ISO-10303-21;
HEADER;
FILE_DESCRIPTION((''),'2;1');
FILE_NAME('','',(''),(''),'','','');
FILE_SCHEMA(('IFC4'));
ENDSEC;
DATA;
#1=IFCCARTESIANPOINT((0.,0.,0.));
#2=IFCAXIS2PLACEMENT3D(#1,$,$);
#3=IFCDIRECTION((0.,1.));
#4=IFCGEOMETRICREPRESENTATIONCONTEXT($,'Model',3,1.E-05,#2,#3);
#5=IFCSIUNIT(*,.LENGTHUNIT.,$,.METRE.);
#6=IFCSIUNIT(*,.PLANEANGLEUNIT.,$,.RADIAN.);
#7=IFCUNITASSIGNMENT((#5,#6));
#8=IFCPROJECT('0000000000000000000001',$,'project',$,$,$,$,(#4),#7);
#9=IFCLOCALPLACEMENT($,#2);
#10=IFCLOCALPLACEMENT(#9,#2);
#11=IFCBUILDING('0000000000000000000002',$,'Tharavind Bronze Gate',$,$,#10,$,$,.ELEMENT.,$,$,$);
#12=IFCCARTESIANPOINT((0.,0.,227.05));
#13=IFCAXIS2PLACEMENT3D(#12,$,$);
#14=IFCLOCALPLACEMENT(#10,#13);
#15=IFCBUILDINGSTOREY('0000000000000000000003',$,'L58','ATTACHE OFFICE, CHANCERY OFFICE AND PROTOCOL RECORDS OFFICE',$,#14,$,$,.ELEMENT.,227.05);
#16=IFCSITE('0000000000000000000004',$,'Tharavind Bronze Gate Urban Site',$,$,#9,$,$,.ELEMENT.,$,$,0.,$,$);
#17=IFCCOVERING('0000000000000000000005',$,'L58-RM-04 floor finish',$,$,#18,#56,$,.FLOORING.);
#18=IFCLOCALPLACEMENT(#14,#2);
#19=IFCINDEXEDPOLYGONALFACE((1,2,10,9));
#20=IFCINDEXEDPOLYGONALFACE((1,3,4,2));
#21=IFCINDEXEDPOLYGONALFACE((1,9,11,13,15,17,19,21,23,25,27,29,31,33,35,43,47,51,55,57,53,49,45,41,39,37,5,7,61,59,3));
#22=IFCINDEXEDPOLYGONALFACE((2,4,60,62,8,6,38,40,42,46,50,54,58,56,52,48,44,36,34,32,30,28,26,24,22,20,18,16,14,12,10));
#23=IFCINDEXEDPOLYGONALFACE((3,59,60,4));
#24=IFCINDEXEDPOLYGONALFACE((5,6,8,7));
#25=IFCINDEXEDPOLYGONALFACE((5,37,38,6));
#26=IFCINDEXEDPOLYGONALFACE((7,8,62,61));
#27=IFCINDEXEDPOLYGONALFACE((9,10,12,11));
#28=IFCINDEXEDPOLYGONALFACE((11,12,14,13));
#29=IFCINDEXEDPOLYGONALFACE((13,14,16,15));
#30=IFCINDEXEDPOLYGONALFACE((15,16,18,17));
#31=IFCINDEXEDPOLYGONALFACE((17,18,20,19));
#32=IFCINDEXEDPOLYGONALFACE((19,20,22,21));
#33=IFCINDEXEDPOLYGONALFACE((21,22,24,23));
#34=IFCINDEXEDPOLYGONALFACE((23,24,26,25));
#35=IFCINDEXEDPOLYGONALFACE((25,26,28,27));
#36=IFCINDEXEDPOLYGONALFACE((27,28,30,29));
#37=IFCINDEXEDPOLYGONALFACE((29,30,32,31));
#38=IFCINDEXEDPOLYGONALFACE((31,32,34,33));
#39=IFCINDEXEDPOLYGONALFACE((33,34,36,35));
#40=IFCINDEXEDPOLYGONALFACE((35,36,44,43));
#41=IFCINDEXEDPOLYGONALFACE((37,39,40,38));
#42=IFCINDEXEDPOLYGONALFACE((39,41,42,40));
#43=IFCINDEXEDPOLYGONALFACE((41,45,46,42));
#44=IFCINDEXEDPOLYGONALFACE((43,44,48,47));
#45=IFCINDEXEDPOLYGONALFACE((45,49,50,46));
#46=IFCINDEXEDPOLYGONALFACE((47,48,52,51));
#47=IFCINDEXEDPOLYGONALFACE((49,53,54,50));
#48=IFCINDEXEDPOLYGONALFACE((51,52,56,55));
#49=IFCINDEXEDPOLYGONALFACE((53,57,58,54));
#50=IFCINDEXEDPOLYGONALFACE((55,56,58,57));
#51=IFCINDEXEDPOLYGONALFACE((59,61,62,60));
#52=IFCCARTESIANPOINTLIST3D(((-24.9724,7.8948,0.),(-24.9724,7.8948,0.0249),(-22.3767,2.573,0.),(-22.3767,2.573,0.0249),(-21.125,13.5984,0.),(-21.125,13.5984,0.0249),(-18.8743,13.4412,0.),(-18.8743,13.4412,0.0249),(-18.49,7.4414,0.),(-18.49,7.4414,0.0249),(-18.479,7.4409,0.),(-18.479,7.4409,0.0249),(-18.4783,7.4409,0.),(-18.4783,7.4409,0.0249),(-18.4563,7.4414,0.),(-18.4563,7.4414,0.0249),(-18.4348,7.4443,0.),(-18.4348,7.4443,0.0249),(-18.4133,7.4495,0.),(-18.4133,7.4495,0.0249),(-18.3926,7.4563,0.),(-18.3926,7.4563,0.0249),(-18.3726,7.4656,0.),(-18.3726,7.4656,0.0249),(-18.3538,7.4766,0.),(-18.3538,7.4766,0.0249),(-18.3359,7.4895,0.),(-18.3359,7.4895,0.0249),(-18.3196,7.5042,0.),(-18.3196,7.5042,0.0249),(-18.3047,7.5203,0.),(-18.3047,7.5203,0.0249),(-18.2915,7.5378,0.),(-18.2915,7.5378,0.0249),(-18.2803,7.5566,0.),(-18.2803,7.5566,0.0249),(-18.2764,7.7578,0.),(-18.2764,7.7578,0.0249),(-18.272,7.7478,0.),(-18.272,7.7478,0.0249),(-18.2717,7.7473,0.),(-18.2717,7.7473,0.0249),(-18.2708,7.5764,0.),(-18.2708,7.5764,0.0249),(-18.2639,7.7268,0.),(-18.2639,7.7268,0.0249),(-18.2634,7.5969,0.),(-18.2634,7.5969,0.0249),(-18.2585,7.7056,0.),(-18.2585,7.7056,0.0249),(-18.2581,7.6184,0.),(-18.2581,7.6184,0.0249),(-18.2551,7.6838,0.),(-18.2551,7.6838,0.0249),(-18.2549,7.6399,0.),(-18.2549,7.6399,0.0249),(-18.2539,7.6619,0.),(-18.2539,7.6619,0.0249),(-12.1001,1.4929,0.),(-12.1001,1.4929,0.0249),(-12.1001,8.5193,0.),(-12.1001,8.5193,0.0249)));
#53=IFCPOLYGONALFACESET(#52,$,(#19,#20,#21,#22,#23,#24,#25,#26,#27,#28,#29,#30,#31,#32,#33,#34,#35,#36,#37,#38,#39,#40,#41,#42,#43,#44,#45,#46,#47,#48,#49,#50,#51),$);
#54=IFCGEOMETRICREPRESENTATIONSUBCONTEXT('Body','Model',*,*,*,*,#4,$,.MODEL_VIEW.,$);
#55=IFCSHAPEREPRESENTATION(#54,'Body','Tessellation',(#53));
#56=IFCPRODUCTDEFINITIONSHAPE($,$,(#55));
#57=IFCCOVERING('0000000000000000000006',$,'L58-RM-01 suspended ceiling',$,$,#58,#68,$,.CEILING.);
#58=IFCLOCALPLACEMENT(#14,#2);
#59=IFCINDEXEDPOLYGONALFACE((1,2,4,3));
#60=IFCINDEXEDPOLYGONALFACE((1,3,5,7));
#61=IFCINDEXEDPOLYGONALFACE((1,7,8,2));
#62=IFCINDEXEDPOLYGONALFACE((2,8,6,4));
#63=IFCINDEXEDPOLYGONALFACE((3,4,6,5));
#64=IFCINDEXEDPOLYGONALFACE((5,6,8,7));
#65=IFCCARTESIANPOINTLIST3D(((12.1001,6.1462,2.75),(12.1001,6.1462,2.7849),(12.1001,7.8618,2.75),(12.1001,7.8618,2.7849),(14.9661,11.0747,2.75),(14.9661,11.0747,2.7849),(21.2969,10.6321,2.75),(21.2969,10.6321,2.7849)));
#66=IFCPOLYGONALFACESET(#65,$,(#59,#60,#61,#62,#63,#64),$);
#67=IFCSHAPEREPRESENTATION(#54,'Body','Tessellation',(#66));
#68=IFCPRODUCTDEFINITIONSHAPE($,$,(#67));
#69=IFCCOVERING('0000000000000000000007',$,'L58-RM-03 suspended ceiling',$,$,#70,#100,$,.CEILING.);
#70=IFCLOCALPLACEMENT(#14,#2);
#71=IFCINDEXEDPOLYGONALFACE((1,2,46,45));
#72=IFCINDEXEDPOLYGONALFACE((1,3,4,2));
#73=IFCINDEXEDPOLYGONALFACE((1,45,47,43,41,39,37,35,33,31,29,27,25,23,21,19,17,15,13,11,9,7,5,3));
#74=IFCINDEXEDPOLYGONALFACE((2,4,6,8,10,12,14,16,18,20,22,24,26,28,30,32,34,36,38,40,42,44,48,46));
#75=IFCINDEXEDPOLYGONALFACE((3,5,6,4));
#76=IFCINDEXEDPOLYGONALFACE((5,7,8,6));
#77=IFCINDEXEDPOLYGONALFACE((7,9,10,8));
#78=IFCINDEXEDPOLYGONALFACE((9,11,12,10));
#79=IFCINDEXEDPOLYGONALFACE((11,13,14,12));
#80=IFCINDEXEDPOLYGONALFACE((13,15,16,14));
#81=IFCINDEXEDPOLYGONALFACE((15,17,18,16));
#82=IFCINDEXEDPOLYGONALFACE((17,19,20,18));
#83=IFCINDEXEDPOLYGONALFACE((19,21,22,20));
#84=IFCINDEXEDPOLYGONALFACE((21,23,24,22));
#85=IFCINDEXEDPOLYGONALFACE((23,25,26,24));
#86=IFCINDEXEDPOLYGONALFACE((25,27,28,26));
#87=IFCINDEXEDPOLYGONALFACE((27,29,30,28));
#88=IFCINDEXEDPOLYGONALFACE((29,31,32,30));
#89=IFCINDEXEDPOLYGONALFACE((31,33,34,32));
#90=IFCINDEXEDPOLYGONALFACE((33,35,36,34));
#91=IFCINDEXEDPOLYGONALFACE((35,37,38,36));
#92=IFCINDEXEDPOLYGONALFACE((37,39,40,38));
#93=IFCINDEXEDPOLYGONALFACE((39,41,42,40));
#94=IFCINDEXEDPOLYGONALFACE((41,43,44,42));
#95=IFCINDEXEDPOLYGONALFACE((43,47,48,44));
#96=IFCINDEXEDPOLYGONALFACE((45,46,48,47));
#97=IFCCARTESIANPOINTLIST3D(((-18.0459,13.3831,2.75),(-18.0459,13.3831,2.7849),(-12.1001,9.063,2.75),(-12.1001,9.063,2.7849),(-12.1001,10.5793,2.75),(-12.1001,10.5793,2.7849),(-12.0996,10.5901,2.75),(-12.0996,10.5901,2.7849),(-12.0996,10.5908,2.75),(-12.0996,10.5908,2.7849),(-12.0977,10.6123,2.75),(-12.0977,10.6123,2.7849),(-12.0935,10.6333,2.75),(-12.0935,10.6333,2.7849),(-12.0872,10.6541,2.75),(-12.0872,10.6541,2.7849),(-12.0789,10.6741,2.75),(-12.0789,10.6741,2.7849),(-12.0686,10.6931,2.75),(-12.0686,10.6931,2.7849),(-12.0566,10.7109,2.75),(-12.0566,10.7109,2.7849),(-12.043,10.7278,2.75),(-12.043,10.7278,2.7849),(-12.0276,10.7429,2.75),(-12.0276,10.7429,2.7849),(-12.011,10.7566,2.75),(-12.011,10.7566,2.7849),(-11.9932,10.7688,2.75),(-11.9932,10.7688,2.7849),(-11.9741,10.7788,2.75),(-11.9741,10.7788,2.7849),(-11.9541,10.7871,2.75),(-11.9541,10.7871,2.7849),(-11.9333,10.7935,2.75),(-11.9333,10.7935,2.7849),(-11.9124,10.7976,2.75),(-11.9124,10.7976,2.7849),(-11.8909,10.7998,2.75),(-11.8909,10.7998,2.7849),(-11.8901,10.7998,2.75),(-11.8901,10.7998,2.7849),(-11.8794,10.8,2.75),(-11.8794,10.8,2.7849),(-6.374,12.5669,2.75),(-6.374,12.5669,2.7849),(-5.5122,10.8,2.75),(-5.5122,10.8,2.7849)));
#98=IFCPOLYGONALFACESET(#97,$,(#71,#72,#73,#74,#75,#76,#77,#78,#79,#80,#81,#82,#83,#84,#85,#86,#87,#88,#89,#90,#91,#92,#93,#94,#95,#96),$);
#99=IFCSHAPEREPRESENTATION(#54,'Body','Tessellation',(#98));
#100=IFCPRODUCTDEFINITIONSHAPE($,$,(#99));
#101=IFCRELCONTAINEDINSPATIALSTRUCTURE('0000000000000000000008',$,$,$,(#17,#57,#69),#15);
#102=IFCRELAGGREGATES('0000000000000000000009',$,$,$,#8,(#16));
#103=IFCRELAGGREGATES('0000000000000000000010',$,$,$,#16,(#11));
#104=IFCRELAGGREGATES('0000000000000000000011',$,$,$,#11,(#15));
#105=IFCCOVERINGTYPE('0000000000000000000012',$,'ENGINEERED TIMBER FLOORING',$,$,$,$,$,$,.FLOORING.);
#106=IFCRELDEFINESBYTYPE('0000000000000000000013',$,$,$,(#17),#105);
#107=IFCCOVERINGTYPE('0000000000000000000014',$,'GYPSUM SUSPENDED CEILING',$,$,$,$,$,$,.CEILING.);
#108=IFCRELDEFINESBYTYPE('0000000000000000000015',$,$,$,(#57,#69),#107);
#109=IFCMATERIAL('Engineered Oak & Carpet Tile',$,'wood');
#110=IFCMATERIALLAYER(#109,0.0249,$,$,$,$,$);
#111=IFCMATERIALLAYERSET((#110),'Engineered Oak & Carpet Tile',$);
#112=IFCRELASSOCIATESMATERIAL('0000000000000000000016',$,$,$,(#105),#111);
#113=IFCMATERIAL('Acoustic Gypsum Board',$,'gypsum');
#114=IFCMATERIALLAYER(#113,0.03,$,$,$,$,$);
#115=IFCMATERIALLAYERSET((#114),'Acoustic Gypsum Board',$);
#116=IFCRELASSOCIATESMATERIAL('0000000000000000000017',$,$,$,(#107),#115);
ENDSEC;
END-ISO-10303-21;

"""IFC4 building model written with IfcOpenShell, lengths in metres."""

from ifc_helpers import new_model, si_unit, direction, frame, origin, place, context, subcontext, project, spatial, polyline, outline, extrude, material, layer, layer_set, type_object, element, save


model = new_model("IFC4")

# Units and contexts
model_context = context("Model", 3, precision=1e-05, world=origin(), true_north=direction((0.0, 1.0)))
body_context = subcontext(model_context, "Body", "Model", "MODEL_VIEW")
ifc_project = project(units=[si_unit("LENGTHUNIT", "METRE"), si_unit("PLANEANGLEUNIT", "RADIAN")], contexts=[model_context])

# Site, building, storey
site_placement = place(None, origin())
site = spatial("IfcSite", under=ifc_project, at=site_placement, Name="Tharavind Bronze Gate Urban Site", CompositionType="ELEMENT", RefElevation=0.0)
building_placement = place(site_placement, origin())
building = spatial("IfcBuilding", under=site, at=building_placement, Name="Tharavind Bronze Gate", CompositionType="ELEMENT")
storey_placement = place(building_placement, frame((0.0, 0.0, 227.05)))
storey = spatial("IfcBuildingStorey", under=building, at=storey_placement, Name="L58", Description="ATTACHE OFFICE, CHANCERY OFFICE AND PROTOCOL RECORDS OFFICE", CompositionType="ELEMENT", Elevation=227.05)

# Coverings
ifc_material_1 = material(Name="Engineered Oak & Carpet Tile", Category="wood")
ifc_layer_1 = layer(ifc_material_1, 0.0249)
ifc_layer_set_1 = layer_set([ifc_layer_1], Name="Engineered Oak & Carpet Tile")
covering_type_1 = type_object("IfcCoveringType", Name="ENGINEERED TIMBER FLOORING", PredefinedType="FLOORING", material=ifc_layer_set_1)
covering_1_placement = place(storey_placement, origin())
element("IfcCovering", 1, at=covering_1_placement, inside=storey, type_object=covering_type_1, Name="L58-RM-04 floor finish", PredefinedType="FLOORING", context=body_context, shape_type="SweptSolid", body=[
    extrude(outline(polyline([(-22.3767, 2.573), (-12.1001, 1.4929), (-12.1001, 8.5193), (-18.8743, 13.4412), (-21.125, 13.5984), (-18.2764, 7.7578), (-18.272, 7.7478), (-18.2717, 7.7473), (-18.2639, 7.7268), (-18.2585, 7.7056), (-18.2551, 7.6838), (-18.2539, 7.6619), (-18.2549, 7.6399), (-18.2581, 7.6184), (-18.2634, 7.5969), (-18.2708, 7.5764), (-18.2803, 7.5566), (-18.2915, 7.5378), (-18.3047, 7.5203), (-18.3196, 7.5042), (-18.3359, 7.4895), (-18.3538, 7.4766), (-18.3726, 7.4656), (-18.3926, 7.4563), (-18.4133, 7.4495), (-18.4348, 7.4443), (-18.4563, 7.4414), (-18.4783, 7.4409), (-18.479, 7.4409), (-18.49, 7.4414), (-24.9724, 7.8948), (-22.3767, 2.573)])), origin(), (0.0, 0.0, 1.0), 0.0249),
])
ifc_material_2 = material(Name="Acoustic Gypsum Board", Category="gypsum")
ifc_layer_2 = layer(ifc_material_2, 0.03)
ifc_layer_set_2 = layer_set([ifc_layer_2], Name="Acoustic Gypsum Board")
covering_type_2 = type_object("IfcCoveringType", Name="GYPSUM SUSPENDED CEILING", PredefinedType="CEILING", material=ifc_layer_set_2)
covering_2_placement = place(storey_placement, frame((0.0, 0.0, 2.75)))
element("IfcCovering", 2, at=covering_2_placement, inside=storey, type_object=covering_type_2, Name="L58-RM-01 suspended ceiling", PredefinedType="CEILING", context=body_context, shape_type="SweptSolid", body=[
    extrude(outline(polyline([(21.2969, 10.6321), (14.9661, 11.0747), (12.1001, 7.8618), (12.1001, 6.1462), (21.2969, 10.6321)])), origin(), (0.0, 0.0, 1.0), 0.0349),
])
covering_3_placement = place(storey_placement, frame((0.0, 0.0, 2.75)))
element("IfcCovering", 3, at=covering_3_placement, inside=storey, type_object=covering_type_2, Name="L58-RM-03 suspended ceiling", PredefinedType="CEILING", context=body_context, shape_type="SweptSolid", body=[
    extrude(outline(polyline([(-12.1001, 9.063), (-12.1001, 10.5793), (-12.0996, 10.5901), (-12.0996, 10.5908), (-12.0977, 10.6123), (-12.0935, 10.6333), (-12.0872, 10.6541), (-12.0789, 10.6741), (-12.0686, 10.6931), (-12.0566, 10.7109), (-12.043, 10.7278), (-12.0276, 10.7429), (-12.011, 10.7566), (-11.9932, 10.7688), (-11.9741, 10.7788), (-11.9541, 10.7871), (-11.9333, 10.7935), (-11.9124, 10.7976), (-11.8909, 10.7998), (-11.8901, 10.7998), (-11.8794, 10.8), (-5.5122, 10.8), (-6.374, 12.5669), (-18.0459, 13.3831), (-12.1001, 9.063)])), origin(), (0.0, 0.0, 1.0), 0.0349),
])

save(model, "model.ifc")
